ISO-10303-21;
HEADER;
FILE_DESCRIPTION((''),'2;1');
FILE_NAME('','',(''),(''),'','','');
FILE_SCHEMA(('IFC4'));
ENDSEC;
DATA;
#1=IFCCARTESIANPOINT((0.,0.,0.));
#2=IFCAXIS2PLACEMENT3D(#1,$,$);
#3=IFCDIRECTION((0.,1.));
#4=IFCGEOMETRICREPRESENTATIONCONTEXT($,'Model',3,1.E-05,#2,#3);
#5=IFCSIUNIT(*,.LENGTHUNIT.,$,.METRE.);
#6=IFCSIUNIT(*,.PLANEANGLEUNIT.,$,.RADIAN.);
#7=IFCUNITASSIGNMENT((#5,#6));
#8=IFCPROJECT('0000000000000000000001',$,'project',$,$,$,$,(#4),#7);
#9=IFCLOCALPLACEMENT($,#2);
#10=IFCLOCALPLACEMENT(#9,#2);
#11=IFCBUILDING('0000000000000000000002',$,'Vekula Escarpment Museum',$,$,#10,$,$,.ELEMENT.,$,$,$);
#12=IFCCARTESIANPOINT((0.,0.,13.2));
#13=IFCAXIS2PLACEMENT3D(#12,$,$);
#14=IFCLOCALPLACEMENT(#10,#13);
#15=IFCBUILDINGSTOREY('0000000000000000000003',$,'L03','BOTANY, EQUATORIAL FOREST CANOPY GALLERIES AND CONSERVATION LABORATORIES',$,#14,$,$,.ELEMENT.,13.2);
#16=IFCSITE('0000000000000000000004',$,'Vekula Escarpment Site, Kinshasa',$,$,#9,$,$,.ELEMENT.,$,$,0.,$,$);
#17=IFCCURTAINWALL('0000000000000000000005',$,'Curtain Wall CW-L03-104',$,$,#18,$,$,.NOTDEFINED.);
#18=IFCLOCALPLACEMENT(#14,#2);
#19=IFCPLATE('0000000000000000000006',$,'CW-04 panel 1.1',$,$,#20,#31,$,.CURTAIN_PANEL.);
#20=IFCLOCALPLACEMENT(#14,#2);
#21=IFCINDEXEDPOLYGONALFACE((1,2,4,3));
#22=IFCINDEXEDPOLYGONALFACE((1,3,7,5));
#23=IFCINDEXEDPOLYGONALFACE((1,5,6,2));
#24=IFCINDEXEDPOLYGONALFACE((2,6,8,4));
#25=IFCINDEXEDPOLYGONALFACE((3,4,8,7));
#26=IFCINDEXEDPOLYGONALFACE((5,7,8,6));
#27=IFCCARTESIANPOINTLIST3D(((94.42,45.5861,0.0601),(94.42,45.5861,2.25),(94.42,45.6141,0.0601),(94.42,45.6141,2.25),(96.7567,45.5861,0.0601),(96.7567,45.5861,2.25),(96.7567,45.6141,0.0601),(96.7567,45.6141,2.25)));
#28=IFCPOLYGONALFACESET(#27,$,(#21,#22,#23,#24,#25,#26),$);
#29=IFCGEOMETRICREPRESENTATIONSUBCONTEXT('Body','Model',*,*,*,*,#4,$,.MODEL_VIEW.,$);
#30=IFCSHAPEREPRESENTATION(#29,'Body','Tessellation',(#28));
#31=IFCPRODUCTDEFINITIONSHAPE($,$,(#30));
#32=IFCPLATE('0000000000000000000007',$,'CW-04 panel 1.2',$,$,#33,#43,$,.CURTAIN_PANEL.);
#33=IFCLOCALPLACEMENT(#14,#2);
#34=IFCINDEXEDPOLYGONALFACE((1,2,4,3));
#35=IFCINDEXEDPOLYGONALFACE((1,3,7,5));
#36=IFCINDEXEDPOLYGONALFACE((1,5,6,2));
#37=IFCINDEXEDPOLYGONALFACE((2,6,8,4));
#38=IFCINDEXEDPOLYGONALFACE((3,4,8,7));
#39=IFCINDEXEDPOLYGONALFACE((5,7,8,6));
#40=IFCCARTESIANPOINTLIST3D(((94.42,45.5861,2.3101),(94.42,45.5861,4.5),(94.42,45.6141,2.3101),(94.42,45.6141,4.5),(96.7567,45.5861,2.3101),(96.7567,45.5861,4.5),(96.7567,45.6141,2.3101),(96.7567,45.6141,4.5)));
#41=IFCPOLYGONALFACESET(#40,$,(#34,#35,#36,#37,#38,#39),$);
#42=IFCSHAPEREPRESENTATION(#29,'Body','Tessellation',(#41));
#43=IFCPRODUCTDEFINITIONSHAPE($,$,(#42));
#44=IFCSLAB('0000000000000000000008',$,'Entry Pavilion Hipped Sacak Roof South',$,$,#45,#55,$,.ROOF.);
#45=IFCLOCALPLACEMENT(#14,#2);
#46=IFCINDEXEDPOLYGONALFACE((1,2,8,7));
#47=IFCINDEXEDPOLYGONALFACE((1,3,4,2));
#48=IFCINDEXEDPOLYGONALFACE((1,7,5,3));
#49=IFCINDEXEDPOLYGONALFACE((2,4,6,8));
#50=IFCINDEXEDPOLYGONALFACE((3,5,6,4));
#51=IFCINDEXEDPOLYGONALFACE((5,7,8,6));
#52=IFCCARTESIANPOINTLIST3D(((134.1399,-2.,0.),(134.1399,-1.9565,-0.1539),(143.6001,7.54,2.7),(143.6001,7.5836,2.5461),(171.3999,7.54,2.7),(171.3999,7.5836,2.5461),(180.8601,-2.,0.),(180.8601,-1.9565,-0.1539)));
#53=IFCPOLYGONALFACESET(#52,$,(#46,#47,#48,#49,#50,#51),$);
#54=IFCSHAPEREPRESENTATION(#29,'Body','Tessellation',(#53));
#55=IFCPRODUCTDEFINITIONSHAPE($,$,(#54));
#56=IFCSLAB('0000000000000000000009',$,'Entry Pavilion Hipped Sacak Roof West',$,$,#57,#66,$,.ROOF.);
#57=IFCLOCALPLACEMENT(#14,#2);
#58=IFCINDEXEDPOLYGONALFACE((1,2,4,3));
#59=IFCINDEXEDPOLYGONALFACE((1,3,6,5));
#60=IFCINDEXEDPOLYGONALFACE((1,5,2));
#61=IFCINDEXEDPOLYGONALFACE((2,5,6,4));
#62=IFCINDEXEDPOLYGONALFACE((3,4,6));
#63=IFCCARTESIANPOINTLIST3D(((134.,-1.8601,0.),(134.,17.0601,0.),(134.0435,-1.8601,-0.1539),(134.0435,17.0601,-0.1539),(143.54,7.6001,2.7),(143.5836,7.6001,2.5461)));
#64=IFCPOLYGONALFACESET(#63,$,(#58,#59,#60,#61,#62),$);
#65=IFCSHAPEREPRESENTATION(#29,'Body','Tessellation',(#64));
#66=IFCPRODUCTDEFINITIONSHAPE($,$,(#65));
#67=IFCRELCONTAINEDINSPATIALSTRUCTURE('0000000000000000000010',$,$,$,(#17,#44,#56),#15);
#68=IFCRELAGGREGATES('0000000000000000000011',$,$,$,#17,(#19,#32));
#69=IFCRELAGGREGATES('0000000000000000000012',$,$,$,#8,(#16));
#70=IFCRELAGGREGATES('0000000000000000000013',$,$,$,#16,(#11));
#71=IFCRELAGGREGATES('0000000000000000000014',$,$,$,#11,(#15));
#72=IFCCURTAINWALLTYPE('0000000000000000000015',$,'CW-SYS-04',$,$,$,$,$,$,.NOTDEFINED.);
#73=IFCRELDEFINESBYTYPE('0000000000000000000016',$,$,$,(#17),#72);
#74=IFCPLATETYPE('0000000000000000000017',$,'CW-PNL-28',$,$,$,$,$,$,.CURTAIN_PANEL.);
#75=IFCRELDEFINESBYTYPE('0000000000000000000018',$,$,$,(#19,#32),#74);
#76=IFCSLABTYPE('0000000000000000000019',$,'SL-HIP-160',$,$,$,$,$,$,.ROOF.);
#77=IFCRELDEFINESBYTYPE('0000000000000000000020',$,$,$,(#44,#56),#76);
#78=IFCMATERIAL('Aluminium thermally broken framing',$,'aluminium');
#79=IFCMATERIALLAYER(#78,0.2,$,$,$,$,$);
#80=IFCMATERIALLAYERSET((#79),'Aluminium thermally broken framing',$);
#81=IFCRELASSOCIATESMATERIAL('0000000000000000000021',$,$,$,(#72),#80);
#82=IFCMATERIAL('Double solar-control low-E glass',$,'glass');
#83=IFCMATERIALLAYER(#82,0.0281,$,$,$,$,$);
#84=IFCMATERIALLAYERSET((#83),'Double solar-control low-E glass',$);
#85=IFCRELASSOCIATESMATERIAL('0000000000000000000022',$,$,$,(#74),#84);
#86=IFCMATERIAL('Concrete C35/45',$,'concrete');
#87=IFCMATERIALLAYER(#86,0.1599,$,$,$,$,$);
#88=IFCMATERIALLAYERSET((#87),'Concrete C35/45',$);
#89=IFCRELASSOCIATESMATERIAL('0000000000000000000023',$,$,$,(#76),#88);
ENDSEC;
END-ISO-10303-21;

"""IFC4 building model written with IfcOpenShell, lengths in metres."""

from ifc_helpers import new_model, si_unit, direction, frame, origin, origin_2d, place, context, subcontext, project, spatial, polyline, rectangle, outline, extrude, material, layer, layer_set, type_object, element, aggregate, save


model = new_model("IFC4")

# Units and contexts
model_context = context("Model", 3, precision=1e-05, world=origin(), true_north=direction((0.0, 1.0)))
body_context = subcontext(model_context, "Body", "Model", "MODEL_VIEW")
ifc_project = project(units=[si_unit("LENGTHUNIT", "METRE"), si_unit("PLANEANGLEUNIT", "RADIAN")], contexts=[model_context])

# Site, building, storey
site_placement = place(None, origin())
site = spatial("IfcSite", under=ifc_project, at=site_placement, Name="Vekula Escarpment Site, Kinshasa", CompositionType="ELEMENT", RefElevation=0.0)
building_placement = place(site_placement, origin())
building = spatial("IfcBuilding", under=site, at=building_placement, Name="Vekula Escarpment Museum", CompositionType="ELEMENT")
storey_placement = place(building_placement, frame((0.0, 0.0, 13.2)))
storey = spatial("IfcBuildingStorey", under=building, at=storey_placement, Name="L03", Description="BOTANY, EQUATORIAL FOREST CANOPY GALLERIES AND CONSERVATION LABORATORIES", CompositionType="ELEMENT", Elevation=13.2)

# Curtain wall
ifc_material_1 = material(Name="Aluminium thermally broken framing", Category="aluminium")
ifc_layer_1 = layer(ifc_material_1, 0.2)
ifc_layer_set_1 = layer_set([ifc_layer_1], Name="Aluminium thermally broken framing")
curtain_wall_type = type_object("IfcCurtainWallType", Name="CW-SYS-04", PredefinedType="NOTDEFINED", material=ifc_layer_set_1)
curtain_wall_placement = place(storey_placement, origin())
curtain_wall = element("IfcCurtainWall", 1, at=curtain_wall_placement, inside=storey, type_object=curtain_wall_type, Name="Curtain Wall CW-L03-104", PredefinedType="NOTDEFINED")

# Plates
ifc_material_2 = material(Name="Double solar-control low-E glass", Category="glass")
ifc_layer_2 = layer(ifc_material_2, 0.0281)
ifc_layer_set_2 = layer_set([ifc_layer_2], Name="Double solar-control low-E glass")
plate_type = type_object("IfcPlateType", Name="CW-PNL-28", PredefinedType="CURTAIN_PANEL", material=ifc_layer_set_2)
plate_1_placement = place(storey_placement, frame((95.5884, 45.6001, 0.0601), z_axis=(0.0, 0.0, 1.0), x_axis=(1.0, 0.0, 0.0)))
plate_1 = element("IfcPlate", 2, at=plate_1_placement, type_object=plate_type, Name="CW-04 panel 1.1", PredefinedType="CURTAIN_PANEL", context=body_context, shape_type="SweptSolid", body=[
    extrude(rectangle(XDim=2.3367, YDim=0.0281, at=origin_2d()), origin(), (0.0, 0.0, 1.0), 2.1899),
])
plate_2_placement = place(storey_placement, frame((95.5884, 45.6001, 2.3101), z_axis=(0.0, 0.0, 1.0), x_axis=(1.0, 0.0, 0.0)))
plate_2 = element("IfcPlate", 3, at=plate_2_placement, type_object=plate_type, Name="CW-04 panel 1.2", PredefinedType="CURTAIN_PANEL", context=body_context, shape_type="SweptSolid", body=[
    extrude(rectangle(XDim=2.3367, YDim=0.0281, at=origin_2d()), origin(), (0.0, 0.0, 1.0), 2.1899),
])
aggregate(curtain_wall, [plate_1, plate_2])

# Slabs
ifc_material_3 = material(Name="Concrete C35/45", Category="concrete")
ifc_layer_3 = layer(ifc_material_3, 0.1599)
ifc_layer_set_3 = layer_set([ifc_layer_3], Name="Concrete C35/45")
slab_type = type_object("IfcSlabType", Name="SL-HIP-160", PredefinedType="ROOF", material=ifc_layer_set_3)
slab_1_placement = place(storey_placement, frame((134.1399, -2.0, 0.0), z_axis=(0.0, -0.272317, 0.962208), x_axis=(1.0, 0.0, 0.0)))
element("IfcSlab", 4, at=slab_1_placement, inside=storey, type_object=slab_type, Name="Entry Pavilion Hipped Sacak Roof South", PredefinedType="ROOF", context=body_context, shape_type="SweptSolid", body=[
    extrude(outline(polyline([(0.0, 0.0), (46.7202, 0.0), (37.26, 9.9147), (9.4602, 9.9147), (0.0, 0.0)])), origin(), (0.0, 0.0, -1.0), 0.1599),
])
slab_2_placement = place(storey_placement, frame((134.0, 17.0601, 0.0), z_axis=(-0.272317, 0.0, 0.962208), x_axis=(0.0, -1.0, 0.0)))
element("IfcSlab", 5, at=slab_2_placement, inside=storey, type_object=slab_type, Name="Entry Pavilion Hipped Sacak Roof West", PredefinedType="ROOF", context=body_context, shape_type="SweptSolid", body=[
    extrude(outline(polyline([(0.0, 0.0), (18.9202, 0.0), (9.46, 9.9147), (0.0, 0.0)])), origin(), (0.0, 0.0, -1.0), 0.1599),
])

save(model, "model.ifc")
